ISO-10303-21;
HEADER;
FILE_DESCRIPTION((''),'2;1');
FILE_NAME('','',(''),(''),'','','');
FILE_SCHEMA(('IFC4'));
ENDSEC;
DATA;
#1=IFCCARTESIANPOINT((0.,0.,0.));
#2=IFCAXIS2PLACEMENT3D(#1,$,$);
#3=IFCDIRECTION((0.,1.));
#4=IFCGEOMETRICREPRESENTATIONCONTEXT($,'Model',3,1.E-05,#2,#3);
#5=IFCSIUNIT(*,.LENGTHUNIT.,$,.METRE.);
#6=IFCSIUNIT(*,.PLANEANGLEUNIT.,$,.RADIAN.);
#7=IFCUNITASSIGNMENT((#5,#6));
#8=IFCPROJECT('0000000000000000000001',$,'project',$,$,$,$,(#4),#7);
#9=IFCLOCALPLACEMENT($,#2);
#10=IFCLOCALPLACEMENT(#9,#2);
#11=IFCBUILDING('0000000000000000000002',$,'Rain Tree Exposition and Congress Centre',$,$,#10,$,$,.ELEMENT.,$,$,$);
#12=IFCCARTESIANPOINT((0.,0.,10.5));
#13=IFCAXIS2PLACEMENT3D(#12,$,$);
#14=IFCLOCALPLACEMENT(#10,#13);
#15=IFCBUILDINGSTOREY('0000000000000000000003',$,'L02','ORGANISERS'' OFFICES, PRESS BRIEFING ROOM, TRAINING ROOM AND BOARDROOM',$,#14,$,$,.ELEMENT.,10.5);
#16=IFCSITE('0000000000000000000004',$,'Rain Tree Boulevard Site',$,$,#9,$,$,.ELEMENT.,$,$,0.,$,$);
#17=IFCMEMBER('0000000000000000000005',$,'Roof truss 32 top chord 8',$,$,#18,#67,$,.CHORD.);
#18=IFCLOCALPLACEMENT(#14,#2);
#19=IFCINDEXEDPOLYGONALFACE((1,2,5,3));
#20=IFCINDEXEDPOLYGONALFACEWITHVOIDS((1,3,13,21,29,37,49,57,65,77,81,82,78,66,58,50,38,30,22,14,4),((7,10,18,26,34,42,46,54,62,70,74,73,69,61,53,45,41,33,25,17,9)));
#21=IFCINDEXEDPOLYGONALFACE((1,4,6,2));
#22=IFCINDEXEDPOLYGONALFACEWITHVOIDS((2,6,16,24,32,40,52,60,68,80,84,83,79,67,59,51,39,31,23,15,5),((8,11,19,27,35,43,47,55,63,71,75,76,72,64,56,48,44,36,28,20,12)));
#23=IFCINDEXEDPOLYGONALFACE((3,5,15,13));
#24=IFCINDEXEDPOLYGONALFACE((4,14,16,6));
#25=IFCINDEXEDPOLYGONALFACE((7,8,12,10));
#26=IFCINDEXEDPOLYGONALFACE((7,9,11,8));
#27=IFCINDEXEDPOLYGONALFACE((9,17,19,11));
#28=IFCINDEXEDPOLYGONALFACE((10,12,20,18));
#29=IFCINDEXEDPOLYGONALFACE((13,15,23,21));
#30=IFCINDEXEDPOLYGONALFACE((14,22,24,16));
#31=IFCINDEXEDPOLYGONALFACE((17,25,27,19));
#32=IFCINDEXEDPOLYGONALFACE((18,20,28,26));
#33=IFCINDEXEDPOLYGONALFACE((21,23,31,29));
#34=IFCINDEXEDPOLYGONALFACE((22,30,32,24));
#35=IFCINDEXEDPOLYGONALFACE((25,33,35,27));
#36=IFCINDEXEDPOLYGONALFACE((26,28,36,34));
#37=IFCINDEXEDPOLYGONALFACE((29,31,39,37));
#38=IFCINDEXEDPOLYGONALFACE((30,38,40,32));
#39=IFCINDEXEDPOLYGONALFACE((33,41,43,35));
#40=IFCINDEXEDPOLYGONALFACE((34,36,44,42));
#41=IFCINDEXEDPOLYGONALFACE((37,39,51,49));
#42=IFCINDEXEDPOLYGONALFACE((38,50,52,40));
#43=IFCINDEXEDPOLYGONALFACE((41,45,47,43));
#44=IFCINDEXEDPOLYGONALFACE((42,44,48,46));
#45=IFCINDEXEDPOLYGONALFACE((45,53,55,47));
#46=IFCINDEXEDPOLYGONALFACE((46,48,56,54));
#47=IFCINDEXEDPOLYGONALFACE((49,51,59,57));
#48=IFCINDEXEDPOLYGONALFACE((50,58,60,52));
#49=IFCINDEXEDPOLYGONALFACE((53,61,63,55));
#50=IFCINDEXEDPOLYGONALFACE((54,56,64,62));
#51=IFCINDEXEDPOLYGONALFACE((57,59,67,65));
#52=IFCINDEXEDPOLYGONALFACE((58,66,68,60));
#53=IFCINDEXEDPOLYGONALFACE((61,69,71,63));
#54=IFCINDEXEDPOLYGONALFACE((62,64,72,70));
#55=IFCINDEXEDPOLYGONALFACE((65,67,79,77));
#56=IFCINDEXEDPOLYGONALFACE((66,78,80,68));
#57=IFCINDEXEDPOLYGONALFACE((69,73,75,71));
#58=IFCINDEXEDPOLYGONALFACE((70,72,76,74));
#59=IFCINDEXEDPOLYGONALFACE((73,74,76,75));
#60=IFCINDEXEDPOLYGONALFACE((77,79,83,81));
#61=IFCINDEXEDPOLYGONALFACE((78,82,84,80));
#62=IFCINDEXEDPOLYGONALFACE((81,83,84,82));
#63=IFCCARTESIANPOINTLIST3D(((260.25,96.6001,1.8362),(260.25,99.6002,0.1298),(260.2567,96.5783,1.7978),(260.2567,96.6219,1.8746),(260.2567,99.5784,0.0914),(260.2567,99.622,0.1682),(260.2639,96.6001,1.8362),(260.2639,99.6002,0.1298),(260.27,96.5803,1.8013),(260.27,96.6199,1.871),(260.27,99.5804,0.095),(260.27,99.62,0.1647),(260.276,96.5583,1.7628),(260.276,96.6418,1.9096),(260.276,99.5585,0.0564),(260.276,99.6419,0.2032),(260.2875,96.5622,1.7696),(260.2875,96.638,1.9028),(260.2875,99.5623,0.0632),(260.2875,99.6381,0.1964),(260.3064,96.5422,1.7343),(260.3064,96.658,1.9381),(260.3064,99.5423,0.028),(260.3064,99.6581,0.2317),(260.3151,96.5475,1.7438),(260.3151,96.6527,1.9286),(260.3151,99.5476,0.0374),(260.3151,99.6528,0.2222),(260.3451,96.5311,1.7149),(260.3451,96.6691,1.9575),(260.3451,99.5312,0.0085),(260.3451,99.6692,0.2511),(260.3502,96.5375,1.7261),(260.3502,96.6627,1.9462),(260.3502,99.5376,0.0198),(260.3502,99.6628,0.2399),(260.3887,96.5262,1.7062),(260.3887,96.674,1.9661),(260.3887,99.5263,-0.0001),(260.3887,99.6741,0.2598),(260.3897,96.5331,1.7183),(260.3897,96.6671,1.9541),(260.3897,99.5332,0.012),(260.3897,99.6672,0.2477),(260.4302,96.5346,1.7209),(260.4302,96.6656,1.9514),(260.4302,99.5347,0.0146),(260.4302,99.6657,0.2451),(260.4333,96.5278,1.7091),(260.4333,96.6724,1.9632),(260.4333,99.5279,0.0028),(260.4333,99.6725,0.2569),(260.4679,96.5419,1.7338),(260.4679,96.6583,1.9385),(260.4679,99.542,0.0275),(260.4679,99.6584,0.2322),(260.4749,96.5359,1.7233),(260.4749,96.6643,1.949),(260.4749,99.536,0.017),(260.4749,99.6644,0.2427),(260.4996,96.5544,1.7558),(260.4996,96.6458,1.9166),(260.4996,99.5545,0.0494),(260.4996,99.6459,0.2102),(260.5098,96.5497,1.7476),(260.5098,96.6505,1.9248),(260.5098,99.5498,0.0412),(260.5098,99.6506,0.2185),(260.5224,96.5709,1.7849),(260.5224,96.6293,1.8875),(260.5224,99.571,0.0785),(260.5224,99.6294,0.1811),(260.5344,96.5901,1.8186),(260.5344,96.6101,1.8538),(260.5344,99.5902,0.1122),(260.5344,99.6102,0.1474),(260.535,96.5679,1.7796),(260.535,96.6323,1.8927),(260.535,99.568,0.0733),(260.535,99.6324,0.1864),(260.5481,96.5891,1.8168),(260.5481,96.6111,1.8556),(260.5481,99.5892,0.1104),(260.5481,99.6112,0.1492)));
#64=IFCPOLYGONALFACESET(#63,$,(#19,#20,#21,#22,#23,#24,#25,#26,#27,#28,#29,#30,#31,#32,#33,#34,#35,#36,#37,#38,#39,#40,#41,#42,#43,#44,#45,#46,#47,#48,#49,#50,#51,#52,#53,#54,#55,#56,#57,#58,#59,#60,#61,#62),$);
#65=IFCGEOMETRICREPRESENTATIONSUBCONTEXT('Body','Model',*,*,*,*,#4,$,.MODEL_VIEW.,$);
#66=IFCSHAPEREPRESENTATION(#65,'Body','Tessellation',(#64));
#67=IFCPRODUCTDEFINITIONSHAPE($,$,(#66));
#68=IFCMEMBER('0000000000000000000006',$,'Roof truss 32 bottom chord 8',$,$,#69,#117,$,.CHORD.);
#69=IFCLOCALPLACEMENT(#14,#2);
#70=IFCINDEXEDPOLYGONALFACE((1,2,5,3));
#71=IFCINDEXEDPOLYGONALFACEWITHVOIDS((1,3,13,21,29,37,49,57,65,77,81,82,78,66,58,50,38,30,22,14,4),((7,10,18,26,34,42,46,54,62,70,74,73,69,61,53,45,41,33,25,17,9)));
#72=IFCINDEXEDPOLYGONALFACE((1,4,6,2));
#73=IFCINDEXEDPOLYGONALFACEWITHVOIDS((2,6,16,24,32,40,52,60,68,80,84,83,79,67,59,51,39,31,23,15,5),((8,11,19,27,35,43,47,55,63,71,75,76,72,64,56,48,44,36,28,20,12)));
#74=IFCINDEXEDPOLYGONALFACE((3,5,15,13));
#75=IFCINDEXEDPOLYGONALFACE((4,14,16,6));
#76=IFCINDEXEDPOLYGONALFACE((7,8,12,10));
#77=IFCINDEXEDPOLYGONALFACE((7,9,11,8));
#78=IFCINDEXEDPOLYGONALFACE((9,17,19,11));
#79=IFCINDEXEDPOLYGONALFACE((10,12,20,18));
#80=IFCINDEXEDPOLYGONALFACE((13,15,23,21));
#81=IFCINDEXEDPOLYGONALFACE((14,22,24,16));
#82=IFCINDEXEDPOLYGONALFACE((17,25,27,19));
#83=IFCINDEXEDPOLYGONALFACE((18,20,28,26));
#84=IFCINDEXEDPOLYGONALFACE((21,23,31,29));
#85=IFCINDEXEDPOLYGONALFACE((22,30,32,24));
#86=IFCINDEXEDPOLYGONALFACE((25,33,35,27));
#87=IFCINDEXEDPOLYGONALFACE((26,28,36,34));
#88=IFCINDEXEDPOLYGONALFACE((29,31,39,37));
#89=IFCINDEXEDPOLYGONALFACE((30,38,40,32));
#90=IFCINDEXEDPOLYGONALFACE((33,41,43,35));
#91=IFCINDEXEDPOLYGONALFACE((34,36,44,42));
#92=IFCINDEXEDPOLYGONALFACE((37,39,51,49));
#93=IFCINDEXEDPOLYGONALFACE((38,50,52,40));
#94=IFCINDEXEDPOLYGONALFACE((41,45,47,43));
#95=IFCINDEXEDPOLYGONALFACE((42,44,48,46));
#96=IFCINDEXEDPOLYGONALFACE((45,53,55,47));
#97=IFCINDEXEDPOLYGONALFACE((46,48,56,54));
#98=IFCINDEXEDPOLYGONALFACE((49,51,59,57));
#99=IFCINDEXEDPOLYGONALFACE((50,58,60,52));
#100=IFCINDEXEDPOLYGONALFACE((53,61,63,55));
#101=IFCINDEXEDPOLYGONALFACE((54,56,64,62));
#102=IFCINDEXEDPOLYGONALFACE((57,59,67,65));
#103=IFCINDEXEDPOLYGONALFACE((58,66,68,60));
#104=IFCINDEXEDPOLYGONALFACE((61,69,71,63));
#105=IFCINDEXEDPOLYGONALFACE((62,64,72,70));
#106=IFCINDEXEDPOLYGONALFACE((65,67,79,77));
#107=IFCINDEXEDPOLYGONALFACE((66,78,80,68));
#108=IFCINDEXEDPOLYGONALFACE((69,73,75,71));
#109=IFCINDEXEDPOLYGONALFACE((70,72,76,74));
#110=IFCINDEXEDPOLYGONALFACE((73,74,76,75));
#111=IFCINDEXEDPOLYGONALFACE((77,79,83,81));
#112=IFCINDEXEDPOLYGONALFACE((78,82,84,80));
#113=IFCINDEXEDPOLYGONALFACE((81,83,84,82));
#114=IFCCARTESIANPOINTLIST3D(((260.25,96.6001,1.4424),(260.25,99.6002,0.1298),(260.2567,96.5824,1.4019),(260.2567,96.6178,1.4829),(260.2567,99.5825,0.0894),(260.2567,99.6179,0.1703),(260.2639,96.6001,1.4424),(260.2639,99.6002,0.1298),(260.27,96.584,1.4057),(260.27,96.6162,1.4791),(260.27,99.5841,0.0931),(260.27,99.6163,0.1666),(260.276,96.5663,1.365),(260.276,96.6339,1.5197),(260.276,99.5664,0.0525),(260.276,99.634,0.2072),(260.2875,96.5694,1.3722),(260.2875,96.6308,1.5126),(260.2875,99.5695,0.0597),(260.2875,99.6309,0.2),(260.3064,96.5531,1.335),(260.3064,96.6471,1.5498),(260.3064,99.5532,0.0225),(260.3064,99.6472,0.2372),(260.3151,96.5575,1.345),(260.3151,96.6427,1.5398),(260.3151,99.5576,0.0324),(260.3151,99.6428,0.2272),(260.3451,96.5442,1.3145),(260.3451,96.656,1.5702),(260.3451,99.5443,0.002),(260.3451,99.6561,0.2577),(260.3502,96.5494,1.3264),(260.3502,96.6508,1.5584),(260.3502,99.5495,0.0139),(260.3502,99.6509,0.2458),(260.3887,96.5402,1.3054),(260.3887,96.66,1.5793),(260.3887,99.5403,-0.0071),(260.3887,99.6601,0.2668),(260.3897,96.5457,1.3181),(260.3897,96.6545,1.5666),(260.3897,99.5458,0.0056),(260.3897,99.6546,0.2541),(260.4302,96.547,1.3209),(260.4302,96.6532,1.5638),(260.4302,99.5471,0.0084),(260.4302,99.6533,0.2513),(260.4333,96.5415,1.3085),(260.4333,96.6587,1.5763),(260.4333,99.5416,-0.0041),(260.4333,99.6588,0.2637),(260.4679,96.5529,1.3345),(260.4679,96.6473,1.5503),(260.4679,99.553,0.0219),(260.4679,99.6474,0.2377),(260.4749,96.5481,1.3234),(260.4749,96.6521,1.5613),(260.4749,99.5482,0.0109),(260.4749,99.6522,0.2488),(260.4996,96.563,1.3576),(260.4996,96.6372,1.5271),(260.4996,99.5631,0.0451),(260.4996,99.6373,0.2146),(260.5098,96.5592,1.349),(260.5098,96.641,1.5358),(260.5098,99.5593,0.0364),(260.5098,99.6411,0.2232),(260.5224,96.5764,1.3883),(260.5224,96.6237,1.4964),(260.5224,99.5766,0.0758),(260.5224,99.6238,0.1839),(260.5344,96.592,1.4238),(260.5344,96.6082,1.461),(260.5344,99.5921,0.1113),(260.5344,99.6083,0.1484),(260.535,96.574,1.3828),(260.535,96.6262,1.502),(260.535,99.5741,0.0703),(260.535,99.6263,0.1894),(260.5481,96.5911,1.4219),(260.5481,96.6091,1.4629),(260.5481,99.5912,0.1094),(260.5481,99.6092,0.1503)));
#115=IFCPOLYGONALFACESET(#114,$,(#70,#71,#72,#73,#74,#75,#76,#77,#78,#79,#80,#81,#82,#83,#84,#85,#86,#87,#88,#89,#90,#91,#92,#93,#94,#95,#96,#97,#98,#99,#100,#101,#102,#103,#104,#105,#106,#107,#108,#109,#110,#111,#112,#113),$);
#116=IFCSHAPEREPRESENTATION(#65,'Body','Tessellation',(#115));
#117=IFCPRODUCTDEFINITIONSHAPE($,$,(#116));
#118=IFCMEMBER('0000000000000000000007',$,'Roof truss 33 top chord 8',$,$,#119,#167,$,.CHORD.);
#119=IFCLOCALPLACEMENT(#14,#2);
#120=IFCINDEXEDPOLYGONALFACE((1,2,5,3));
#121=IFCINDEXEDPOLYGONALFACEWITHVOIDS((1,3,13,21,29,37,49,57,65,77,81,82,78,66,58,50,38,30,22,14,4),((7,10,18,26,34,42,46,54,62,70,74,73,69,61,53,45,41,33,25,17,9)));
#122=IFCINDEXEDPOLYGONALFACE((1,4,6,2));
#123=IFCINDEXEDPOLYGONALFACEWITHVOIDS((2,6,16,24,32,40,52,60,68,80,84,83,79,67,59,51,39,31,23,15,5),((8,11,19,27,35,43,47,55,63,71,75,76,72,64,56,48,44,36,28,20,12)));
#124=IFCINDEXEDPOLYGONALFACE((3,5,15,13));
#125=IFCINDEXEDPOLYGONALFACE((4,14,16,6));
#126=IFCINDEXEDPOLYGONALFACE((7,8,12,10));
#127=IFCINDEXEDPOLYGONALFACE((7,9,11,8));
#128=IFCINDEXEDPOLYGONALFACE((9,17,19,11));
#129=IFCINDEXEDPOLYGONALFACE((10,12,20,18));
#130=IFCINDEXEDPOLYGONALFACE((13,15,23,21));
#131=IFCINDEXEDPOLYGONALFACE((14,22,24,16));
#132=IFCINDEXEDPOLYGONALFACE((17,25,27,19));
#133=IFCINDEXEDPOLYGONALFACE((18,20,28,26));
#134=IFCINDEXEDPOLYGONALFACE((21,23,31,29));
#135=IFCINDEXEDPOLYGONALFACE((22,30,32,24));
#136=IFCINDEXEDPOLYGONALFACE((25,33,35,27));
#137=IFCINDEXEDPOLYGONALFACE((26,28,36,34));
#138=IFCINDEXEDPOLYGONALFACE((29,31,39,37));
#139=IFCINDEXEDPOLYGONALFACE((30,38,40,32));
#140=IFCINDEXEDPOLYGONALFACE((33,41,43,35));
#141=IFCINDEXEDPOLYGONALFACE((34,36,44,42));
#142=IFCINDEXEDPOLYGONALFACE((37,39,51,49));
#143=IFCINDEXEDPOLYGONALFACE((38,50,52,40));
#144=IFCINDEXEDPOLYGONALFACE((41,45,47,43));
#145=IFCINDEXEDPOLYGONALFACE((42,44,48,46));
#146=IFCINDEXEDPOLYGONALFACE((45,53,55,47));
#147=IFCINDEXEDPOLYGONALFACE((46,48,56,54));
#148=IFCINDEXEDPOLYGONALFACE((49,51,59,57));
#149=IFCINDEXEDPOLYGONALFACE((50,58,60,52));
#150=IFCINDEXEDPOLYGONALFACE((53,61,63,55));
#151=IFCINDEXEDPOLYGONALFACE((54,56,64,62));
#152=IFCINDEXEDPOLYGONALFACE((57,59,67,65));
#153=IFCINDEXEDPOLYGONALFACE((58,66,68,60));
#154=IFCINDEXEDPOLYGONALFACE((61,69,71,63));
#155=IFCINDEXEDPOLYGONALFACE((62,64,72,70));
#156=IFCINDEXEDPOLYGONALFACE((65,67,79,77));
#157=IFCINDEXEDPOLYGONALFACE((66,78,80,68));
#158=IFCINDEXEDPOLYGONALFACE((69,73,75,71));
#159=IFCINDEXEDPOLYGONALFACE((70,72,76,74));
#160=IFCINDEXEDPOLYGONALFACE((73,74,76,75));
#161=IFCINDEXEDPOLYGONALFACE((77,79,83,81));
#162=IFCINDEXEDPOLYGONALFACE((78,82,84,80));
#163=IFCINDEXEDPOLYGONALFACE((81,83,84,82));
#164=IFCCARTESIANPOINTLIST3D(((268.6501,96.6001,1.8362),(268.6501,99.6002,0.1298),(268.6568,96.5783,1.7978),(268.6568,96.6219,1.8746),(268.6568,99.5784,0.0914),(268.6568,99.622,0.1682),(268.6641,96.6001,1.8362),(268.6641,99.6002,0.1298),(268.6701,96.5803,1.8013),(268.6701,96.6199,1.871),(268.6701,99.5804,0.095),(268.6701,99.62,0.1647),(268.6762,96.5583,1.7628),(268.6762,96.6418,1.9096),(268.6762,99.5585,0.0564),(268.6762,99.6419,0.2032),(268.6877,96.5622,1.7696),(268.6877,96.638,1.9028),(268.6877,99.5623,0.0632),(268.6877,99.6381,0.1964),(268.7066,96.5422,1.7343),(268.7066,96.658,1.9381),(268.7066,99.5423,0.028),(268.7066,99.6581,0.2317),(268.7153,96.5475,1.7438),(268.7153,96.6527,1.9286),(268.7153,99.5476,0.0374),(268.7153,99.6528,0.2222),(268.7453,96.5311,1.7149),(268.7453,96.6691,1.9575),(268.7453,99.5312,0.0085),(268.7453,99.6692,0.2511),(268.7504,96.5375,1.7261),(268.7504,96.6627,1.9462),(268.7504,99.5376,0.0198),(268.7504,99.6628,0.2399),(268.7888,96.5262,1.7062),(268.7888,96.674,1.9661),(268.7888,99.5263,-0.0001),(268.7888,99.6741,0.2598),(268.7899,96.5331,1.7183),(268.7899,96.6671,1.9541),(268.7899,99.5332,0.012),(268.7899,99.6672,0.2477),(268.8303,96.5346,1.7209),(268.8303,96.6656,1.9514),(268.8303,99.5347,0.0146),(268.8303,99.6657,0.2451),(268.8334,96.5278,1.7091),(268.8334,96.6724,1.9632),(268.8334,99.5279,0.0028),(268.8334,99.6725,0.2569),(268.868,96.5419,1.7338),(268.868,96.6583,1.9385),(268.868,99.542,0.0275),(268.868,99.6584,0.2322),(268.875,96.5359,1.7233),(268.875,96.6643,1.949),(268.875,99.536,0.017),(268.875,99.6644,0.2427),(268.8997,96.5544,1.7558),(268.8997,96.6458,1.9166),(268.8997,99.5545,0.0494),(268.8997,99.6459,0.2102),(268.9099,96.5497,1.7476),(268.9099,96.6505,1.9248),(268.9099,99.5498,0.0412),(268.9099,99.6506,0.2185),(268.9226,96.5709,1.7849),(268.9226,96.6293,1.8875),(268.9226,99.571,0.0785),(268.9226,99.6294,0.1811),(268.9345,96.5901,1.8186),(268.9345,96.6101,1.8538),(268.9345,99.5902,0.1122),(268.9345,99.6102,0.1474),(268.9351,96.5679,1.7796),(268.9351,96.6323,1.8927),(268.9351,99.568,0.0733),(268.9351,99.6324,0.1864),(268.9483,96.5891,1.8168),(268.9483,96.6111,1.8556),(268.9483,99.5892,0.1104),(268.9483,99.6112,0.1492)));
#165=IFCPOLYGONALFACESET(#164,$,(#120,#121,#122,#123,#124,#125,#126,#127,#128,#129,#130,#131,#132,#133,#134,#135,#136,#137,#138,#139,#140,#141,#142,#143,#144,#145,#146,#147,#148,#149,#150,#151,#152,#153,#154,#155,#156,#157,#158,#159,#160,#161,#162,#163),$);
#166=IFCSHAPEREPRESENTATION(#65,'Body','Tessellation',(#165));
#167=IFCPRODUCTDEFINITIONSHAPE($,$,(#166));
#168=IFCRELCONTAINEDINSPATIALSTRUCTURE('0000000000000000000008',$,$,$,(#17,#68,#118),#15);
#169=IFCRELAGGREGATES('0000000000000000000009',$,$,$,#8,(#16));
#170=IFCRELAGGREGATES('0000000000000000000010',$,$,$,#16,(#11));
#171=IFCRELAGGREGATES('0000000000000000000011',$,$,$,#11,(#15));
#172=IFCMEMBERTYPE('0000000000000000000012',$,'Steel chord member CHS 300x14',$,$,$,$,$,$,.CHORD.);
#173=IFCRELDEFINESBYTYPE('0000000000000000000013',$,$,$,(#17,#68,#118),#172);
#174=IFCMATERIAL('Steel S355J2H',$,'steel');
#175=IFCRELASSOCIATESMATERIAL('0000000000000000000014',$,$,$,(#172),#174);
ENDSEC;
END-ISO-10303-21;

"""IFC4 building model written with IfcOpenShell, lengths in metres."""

from ifc_helpers import new_model, si_unit, direction, frame, origin, origin_2d, place, context, subcontext, project, spatial, hollow_circle, extrude, material, material_profile, profile_set, type_object, element, save


model = new_model("IFC4")

# Units and contexts
model_context = context("Model", 3, precision=1e-05, world=origin(), true_north=direction((0.0, 1.0)))
body_context = subcontext(model_context, "Body", "Model", "MODEL_VIEW")
ifc_project = project(units=[si_unit("LENGTHUNIT", "METRE"), si_unit("PLANEANGLEUNIT", "RADIAN")], contexts=[model_context])

# Site, building, storey
site_placement = place(None, origin())
site = spatial("IfcSite", under=ifc_project, at=site_placement, Name="Rain Tree Boulevard Site", CompositionType="ELEMENT", RefElevation=0.0)
building_placement = place(site_placement, origin())
building = spatial("IfcBuilding", under=site, at=building_placement, Name="Rain Tree Exposition and Congress Centre", CompositionType="ELEMENT")
storey_placement = place(building_placement, frame((0.0, 0.0, 10.5)))
storey = spatial("IfcBuildingStorey", under=building, at=storey_placement, Name="L02", Description="ORGANISERS' OFFICES, PRESS BRIEFING ROOM, TRAINING ROOM AND BOARDROOM", CompositionType="ELEMENT", Elevation=10.5)

# Members
ifc_material_1 = material(Name="Steel S355J2H", Category="steel")
ifc_material_profile_1 = material_profile(ifc_material_1, hollow_circle(Radius=0.1499, WallThickness=0.0139, at=origin_2d()), Name="CHS 300x14")
ifc_profile_set_1 = profile_set([ifc_material_profile_1], Name="Steel S355J2H")
member_type_1 = type_object("IfcMemberType", Name="Steel chord member CHS 300x14", PredefinedType="CHORD", material=ifc_profile_set_1)
member_1_placement = place(storey_placement, frame((260.3999, 96.6001, 1.8362), z_axis=(0.0, 0.869238, -0.494393), x_axis=(-1.0, 0.0, 0.0)))
element("IfcMember", 1, at=member_1_placement, inside=storey, type_object=member_type_1, Name="Roof truss 32 top chord 8", PredefinedType="CHORD", context=body_context, shape_type="SweptSolid", body=[
    extrude(hollow_circle(Radius=0.1499, WallThickness=0.0139, at=origin_2d()), origin(), (0.0, 0.0, 1.0), 3.4514),
])
member_2_placement = place(storey_placement, frame((260.3999, 96.6001, 1.4424), z_axis=(0.0, 0.916157, -0.400819), x_axis=(-1.0, 0.0, 0.0)))
element("IfcMember", 2, at=member_2_placement, inside=storey, type_object=member_type_1, Name="Roof truss 32 bottom chord 8", PredefinedType="CHORD", context=body_context, shape_type="SweptSolid", body=[
    extrude(hollow_circle(Radius=0.1499, WallThickness=0.0139, at=origin_2d()), origin(), (0.0, 0.0, 1.0), 3.2747),
])
member_3_placement = place(storey_placement, frame((268.8, 96.6001, 1.8362), z_axis=(0.0, 0.869238, -0.494393), x_axis=(-1.0, 0.0, 0.0)))
element("IfcMember", 3, at=member_3_placement, inside=storey, type_object=member_type_1, Name="Roof truss 33 top chord 8", PredefinedType="CHORD", context=body_context, shape_type="SweptSolid", body=[
    extrude(hollow_circle(Radius=0.1499, WallThickness=0.0139, at=origin_2d()), origin(), (0.0, 0.0, 1.0), 3.4514),
])

save(model, "model.ifc")
